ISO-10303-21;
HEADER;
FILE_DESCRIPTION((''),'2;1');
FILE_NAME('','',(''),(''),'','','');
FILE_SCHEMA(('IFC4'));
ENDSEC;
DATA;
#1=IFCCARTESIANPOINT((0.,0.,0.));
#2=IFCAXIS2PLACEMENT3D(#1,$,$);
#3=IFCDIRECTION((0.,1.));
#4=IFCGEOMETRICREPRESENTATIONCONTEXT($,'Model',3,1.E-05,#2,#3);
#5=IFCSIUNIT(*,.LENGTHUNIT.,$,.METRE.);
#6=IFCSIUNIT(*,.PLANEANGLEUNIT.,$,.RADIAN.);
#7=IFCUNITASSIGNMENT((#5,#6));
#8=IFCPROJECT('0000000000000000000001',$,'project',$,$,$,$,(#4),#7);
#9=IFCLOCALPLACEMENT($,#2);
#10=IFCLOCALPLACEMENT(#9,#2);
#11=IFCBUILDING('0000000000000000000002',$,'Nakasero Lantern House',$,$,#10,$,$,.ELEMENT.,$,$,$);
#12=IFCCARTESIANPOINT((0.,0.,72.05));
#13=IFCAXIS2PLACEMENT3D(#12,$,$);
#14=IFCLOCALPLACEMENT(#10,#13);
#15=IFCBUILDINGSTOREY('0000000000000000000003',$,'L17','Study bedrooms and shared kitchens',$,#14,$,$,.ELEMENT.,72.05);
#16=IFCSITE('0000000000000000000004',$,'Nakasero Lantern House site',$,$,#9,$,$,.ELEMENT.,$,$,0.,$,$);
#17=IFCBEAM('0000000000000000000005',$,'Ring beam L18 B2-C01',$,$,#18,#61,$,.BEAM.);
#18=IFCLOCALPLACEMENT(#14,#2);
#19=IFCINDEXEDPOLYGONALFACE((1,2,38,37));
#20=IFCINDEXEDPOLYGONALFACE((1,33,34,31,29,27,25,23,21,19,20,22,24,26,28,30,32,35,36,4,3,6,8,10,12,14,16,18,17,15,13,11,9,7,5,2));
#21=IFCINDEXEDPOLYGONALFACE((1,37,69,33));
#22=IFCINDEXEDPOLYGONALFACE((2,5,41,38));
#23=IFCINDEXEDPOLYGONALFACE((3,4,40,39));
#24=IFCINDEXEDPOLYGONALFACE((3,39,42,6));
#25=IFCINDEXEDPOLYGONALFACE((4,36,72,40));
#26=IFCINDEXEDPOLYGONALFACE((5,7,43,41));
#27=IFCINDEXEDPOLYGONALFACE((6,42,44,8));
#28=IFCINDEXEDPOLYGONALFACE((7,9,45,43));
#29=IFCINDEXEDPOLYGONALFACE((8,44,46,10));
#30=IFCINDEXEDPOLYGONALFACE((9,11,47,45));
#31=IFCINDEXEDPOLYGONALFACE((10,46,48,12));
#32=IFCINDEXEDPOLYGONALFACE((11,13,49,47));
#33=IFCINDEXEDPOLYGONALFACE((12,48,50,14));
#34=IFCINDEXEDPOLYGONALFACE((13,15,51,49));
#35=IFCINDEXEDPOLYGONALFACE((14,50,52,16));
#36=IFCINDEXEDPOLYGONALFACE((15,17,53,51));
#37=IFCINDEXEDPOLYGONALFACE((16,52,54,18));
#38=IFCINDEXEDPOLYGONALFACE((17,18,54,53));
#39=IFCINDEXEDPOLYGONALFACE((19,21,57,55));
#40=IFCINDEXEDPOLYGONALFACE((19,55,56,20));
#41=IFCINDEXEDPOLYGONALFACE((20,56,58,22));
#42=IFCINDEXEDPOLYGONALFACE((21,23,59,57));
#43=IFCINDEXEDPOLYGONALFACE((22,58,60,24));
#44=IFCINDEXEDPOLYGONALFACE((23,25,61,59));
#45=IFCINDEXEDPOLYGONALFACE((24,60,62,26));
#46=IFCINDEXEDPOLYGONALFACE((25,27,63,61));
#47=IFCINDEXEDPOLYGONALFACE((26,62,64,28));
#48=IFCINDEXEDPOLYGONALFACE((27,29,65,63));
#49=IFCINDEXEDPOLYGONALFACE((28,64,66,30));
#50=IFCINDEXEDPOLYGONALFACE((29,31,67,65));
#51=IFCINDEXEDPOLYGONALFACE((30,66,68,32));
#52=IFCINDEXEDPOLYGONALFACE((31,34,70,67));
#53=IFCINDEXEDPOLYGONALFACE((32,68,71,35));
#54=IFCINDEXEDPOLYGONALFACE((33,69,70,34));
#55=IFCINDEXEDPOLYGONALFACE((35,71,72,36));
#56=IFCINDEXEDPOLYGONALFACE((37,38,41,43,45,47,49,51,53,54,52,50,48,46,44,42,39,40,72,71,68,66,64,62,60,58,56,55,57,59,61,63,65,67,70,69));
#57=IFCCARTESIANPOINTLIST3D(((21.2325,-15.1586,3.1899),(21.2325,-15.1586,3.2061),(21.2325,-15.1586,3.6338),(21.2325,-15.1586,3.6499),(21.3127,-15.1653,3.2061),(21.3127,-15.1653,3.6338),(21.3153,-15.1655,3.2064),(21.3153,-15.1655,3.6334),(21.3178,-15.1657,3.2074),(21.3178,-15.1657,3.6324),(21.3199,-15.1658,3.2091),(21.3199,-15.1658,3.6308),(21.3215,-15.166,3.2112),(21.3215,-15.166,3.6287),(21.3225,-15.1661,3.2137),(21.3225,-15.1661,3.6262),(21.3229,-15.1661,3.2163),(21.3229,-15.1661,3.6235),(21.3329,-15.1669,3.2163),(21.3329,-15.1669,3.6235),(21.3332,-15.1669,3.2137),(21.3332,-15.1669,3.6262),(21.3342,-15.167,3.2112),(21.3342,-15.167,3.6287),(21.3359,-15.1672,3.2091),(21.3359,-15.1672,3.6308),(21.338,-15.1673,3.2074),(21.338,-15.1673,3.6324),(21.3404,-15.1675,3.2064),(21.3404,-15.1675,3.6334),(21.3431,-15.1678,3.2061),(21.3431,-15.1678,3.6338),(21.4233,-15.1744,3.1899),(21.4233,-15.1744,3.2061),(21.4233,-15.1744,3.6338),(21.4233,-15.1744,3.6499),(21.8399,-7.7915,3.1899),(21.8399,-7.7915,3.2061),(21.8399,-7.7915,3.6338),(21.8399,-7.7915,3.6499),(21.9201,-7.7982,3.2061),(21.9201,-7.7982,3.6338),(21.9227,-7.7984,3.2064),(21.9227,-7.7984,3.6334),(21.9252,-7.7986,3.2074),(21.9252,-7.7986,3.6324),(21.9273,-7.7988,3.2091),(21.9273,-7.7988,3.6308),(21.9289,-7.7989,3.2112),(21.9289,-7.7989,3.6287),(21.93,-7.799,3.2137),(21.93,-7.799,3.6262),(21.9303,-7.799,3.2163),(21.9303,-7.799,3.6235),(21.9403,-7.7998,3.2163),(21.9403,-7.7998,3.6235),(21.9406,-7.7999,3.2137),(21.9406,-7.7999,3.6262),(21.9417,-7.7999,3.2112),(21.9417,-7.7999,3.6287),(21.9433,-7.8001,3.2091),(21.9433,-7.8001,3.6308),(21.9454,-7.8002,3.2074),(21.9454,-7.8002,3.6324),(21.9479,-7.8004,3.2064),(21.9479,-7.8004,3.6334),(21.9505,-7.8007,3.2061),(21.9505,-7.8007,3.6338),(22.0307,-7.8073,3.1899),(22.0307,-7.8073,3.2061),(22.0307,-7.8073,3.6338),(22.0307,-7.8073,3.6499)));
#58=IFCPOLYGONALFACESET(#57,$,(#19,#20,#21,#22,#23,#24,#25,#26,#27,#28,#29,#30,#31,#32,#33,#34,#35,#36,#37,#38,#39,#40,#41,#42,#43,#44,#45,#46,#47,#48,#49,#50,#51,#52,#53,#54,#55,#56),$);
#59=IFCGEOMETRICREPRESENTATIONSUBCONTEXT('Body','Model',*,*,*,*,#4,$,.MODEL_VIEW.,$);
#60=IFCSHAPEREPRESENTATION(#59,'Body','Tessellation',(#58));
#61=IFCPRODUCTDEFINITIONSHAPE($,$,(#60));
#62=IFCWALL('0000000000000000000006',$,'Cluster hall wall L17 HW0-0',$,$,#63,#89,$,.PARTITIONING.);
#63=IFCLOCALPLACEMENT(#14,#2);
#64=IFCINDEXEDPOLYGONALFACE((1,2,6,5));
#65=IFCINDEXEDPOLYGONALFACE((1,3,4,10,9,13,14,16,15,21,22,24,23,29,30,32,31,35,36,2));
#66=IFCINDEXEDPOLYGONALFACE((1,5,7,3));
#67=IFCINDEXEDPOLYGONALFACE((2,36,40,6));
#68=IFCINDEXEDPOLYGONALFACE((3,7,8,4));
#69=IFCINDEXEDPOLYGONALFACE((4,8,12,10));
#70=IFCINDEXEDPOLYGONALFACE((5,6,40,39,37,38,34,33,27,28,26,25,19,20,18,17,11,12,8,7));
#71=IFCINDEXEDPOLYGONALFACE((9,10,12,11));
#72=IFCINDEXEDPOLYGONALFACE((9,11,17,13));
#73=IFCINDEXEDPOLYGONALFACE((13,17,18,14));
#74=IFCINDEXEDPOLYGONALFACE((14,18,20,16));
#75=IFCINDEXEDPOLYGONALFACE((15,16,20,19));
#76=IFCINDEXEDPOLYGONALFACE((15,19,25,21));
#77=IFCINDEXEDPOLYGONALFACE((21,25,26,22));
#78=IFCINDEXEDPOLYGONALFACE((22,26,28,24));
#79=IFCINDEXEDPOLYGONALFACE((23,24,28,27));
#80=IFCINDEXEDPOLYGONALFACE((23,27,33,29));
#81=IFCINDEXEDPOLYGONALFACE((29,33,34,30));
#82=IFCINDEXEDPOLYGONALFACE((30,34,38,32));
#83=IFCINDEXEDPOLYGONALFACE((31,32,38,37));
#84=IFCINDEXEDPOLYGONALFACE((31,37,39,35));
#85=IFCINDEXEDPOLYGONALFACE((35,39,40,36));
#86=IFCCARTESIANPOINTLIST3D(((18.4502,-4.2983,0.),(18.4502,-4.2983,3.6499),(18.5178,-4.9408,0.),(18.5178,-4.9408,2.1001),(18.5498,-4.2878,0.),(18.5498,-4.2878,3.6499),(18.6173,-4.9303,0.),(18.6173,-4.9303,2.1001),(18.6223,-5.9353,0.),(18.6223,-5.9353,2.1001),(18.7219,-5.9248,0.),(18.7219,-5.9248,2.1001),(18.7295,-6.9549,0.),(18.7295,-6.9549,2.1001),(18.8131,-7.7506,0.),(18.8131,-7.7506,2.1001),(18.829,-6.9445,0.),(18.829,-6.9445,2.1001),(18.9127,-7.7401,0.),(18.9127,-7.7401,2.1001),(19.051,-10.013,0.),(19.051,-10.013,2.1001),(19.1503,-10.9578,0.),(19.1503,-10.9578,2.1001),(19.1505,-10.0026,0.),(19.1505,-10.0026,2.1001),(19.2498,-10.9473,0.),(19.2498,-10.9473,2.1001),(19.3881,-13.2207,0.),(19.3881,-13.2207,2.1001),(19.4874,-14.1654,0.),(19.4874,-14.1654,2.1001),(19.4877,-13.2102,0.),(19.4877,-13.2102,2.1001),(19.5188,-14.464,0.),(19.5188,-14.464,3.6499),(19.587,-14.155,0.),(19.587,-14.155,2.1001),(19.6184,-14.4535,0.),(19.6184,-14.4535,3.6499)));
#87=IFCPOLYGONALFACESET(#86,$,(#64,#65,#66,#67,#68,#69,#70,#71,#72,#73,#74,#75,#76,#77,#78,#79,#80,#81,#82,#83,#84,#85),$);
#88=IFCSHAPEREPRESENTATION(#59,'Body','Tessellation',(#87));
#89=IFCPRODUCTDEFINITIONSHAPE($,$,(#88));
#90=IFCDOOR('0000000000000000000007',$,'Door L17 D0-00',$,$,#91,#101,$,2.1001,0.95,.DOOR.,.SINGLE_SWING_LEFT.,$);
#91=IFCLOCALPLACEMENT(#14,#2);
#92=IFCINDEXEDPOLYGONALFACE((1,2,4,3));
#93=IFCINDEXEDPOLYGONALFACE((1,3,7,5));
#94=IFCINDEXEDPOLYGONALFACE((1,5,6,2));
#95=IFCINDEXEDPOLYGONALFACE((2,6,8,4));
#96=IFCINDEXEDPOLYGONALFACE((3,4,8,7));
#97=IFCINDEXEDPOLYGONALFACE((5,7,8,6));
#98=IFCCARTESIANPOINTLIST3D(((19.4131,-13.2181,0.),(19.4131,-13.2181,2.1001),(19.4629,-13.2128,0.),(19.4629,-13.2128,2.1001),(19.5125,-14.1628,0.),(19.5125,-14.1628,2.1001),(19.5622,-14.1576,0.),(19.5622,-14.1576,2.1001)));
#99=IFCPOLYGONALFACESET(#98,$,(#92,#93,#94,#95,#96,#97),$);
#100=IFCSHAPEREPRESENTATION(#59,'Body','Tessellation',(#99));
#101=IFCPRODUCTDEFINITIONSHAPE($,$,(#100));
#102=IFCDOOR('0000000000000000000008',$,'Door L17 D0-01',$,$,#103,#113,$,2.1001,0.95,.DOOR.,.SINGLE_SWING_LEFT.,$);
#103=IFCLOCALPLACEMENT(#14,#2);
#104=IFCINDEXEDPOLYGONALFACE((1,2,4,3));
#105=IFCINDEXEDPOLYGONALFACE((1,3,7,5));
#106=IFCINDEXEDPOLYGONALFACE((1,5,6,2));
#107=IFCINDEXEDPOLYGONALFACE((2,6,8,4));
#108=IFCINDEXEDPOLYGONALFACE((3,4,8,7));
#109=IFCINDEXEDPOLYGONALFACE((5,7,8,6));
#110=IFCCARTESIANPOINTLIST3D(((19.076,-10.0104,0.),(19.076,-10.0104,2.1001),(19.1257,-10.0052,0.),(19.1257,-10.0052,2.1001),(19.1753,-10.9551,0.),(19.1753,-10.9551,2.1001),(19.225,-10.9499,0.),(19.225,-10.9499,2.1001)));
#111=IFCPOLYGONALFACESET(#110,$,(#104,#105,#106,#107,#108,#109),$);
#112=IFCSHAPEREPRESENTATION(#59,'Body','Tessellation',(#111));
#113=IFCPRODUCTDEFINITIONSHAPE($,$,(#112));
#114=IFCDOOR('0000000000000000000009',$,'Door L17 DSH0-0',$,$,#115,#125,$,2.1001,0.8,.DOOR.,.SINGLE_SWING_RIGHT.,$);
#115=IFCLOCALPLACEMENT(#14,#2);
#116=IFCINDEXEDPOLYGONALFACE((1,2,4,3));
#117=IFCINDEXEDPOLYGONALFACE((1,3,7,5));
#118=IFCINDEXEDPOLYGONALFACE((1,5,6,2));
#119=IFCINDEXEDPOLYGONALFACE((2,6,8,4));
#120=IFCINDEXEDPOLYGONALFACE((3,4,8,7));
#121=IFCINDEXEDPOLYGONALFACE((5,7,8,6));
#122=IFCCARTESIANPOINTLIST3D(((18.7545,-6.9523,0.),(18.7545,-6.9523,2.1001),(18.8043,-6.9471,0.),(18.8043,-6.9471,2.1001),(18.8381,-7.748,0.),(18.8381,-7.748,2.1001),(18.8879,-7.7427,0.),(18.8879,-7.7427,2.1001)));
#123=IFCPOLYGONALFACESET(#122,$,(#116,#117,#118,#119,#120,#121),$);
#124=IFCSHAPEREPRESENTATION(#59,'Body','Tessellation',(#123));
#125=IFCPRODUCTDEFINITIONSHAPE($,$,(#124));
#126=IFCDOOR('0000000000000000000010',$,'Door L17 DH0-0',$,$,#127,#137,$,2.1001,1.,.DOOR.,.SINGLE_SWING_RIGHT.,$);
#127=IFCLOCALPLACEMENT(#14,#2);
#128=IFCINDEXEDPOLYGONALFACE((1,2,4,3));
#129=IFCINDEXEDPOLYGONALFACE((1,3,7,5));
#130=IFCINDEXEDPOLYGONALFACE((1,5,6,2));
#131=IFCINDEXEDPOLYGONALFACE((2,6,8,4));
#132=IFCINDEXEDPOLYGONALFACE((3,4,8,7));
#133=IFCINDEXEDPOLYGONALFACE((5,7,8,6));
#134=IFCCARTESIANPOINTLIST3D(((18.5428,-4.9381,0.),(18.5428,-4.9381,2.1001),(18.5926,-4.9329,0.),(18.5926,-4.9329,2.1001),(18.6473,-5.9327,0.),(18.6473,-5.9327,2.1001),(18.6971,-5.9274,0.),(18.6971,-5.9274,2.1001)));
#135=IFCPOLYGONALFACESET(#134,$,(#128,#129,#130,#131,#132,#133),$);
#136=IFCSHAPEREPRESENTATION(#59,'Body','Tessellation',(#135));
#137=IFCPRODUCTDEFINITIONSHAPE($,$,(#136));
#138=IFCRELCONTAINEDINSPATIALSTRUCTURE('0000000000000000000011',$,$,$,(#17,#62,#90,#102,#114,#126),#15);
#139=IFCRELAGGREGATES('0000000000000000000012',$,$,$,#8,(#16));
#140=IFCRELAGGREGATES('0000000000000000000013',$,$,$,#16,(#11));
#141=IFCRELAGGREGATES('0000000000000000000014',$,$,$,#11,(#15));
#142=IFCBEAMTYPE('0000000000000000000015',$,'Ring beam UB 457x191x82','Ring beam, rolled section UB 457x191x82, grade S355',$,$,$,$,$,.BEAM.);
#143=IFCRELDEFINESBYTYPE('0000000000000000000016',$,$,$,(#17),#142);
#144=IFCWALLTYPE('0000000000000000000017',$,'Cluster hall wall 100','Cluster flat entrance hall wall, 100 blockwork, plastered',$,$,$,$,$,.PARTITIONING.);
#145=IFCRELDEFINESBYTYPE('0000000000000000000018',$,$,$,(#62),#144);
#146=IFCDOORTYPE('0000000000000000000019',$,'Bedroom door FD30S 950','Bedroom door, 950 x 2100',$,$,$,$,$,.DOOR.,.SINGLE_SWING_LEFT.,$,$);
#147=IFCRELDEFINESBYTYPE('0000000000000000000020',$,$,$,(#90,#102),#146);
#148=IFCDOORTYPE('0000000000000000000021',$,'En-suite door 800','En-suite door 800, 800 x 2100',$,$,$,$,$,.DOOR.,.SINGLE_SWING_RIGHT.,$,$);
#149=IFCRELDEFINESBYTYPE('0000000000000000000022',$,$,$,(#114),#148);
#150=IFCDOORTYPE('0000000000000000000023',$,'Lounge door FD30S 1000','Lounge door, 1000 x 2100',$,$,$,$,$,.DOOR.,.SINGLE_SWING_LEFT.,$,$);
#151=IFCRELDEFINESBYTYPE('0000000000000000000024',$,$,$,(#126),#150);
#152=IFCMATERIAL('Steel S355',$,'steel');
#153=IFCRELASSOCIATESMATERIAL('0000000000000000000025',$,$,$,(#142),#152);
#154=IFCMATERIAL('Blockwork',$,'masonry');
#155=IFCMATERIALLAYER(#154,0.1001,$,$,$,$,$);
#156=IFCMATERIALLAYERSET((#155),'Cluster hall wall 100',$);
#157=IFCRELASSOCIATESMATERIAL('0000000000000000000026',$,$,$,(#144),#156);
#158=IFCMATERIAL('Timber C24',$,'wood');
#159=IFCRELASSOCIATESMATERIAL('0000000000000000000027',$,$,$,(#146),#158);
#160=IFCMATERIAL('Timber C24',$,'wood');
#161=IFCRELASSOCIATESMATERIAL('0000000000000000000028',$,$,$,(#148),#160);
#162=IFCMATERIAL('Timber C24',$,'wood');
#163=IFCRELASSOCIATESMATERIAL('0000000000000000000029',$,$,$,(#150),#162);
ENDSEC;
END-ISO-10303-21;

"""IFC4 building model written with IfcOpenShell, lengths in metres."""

from ifc_helpers import new_model, si_unit, direction, frame, frame_2d, origin, origin_2d, place, context, subcontext, project, spatial, rectangle, i_section, extrude, material, layer, layer_set, material_profile, profile_set, type_object, element, fill, save


model = new_model("IFC4")

# Units and contexts
model_context = context("Model", 3, precision=1e-05, world=origin(), true_north=direction((0.0, 1.0)))
body_context = subcontext(model_context, "Body", "Model", "MODEL_VIEW")
ifc_project = project(units=[si_unit("LENGTHUNIT", "METRE"), si_unit("PLANEANGLEUNIT", "RADIAN")], contexts=[model_context])

# Site, building, storey
site_placement = place(None, origin())
site = spatial("IfcSite", under=ifc_project, at=site_placement, Name="Nakasero Lantern House site", CompositionType="ELEMENT", RefElevation=0.0)
building_placement = place(site_placement, origin())
building = spatial("IfcBuilding", under=site, at=building_placement, Name="Nakasero Lantern House", CompositionType="ELEMENT")
storey_placement = place(building_placement, frame((0.0, 0.0, 72.05)))
storey = spatial("IfcBuildingStorey", under=building, at=storey_placement, Name="L17", Description="Study bedrooms and shared kitchens", CompositionType="ELEMENT", Elevation=72.05)

# Beam
ifc_material_1 = material(Name="Steel S355", Category="steel")
ifc_material_profile_1 = material_profile(ifc_material_1, i_section(OverallWidth=0.1914, OverallDepth=0.46, WebThickness=0.01, FlangeThickness=0.0161, FilletRadius=0.0103, at=origin_2d()), Name="UB 457x191x82")
ifc_profile_set_1 = profile_set([ifc_material_profile_1], Name="Steel S355")
beam_type_1 = type_object("IfcBeamType", Name="Ring beam UB 457x191x82", Description="Ring beam, rolled section UB 457x191x82, grade S355", PredefinedType="BEAM", material=ifc_profile_set_1)
beam_1_placement = place(storey_placement, frame((21.3279, -15.1665, 3.4199), z_axis=(0.082171, 0.996618, 0.0), x_axis=(-0.996618, 0.082171, 0.0)))
element("IfcBeam", 1, at=beam_1_placement, inside=storey, type_object=beam_type_1, Name="Ring beam L18 B2-C01", PredefinedType="BEAM", context=body_context, shape_type="SweptSolid", body=[
    extrude(i_section(OverallWidth=0.1914, OverallDepth=0.46, WebThickness=0.01, FlangeThickness=0.0161, FilletRadius=0.0103, at=origin_2d()), origin(), (0.0, 0.0, 1.0), 7.3921),
])

# Wall, openings, doors
ifc_material_2 = material(Name="Blockwork", Category="masonry")
ifc_layer_1 = layer(ifc_material_2, 0.1001)
ifc_layer_set_1 = layer_set([ifc_layer_1], Name="Cluster hall wall 100")
wall_type_1 = type_object("IfcWallType", Name="Cluster hall wall 100", Description="Cluster flat entrance hall wall, 100 blockwork, plastered", PredefinedType="PARTITIONING", material=ifc_layer_set_1)
wall_1_placement = place(storey_placement, frame((19.5686, -14.4587, 0.0), z_axis=(0.0, 0.0, 1.0), x_axis=(-0.104542, 0.99452, 0.0)))
wall_1 = element("IfcWall", 2, at=wall_1_placement, inside=storey, type_object=wall_type_1, Name="Cluster hall wall L17 HW0-0", PredefinedType="PARTITIONING", context=body_context, shape_type="SweptSolid", body=[
    extrude(rectangle(XDim=10.2217, YDim=0.1001, at=frame_2d((5.1108, 0.0))), origin(), (0.0, 0.0, 1.0), 3.6499),
])
opening_1_placement = place(wall_1_placement, frame((8.5757, 0.0, 0.0)))
opening_1 = element("IfcOpeningElement", 3, at=opening_1_placement, cuts=wall_1, PredefinedType="OPENING", context=body_context, shape_type="SweptSolid", body=[
    extrude(rectangle(XDim=1.0, YDim=2.1001, at=frame_2d((0.5, 1.05))), frame((0.0, 0.0701, 0.0), z_axis=(0.0, -1.0, 0.0), x_axis=(1.0, 0.0, 0.0)), (0.0, 0.0, 1.0), 0.1401),
])
opening_2_placement = place(wall_1_placement, frame((6.7505, 0.0, 0.0)))
opening_2 = element("IfcOpeningElement", 4, at=opening_2_placement, cuts=wall_1, PredefinedType="OPENING", context=body_context, shape_type="SweptSolid", body=[
    extrude(rectangle(XDim=0.8, YDim=2.1001, at=frame_2d((0.3999, 1.05))), frame((0.0, 0.0701, 0.0), z_axis=(0.0, -1.0, 0.0), x_axis=(1.0, 0.0, 0.0)), (0.0, 0.0, 1.0), 0.1401),
])
opening_3_placement = place(wall_1_placement, frame((0.3, 0.0, 0.0)))
opening_3 = element("IfcOpeningElement", 5, at=opening_3_placement, cuts=wall_1, PredefinedType="OPENING", context=body_context, shape_type="SweptSolid", body=[
    extrude(rectangle(XDim=0.95, YDim=2.1001, at=frame_2d((0.4751, 1.05))), frame((0.0, 0.0701, 0.0), z_axis=(0.0, -1.0, 0.0), x_axis=(1.0, 0.0, 0.0)), (0.0, 0.0, 1.0), 0.1401),
])
opening_4_placement = place(wall_1_placement, frame((3.5254, 0.0, 0.0)))
opening_4 = element("IfcOpeningElement", 6, at=opening_4_placement, cuts=wall_1, PredefinedType="OPENING", context=body_context, shape_type="SweptSolid", body=[
    extrude(rectangle(XDim=0.95, YDim=2.1001, at=frame_2d((0.4751, 1.05))), frame((0.0, 0.0701, 0.0), z_axis=(0.0, -1.0, 0.0), x_axis=(1.0, 0.0, 0.0)), (0.0, 0.0, 1.0), 0.1401),
])
ifc_material_3 = material(Name="Timber C24", Category="wood")
door_type_1 = type_object("IfcDoorType", Name="Bedroom door FD30S 950", Description="Bedroom door, 950 x 2100", OperationType="SINGLE_SWING_LEFT", PredefinedType="DOOR", material=ifc_material_3)
door_1_placement = place(opening_3_placement, origin())
door_1 = element("IfcDoor", 7, at=door_1_placement, inside=storey, type_object=door_type_1, Name="Door L17 D0-00", OperationType="SINGLE_SWING_LEFT", OverallHeight=2.1001, OverallWidth=0.95, PredefinedType="DOOR", context=body_context, shape_type="SweptSolid", body=[
    extrude(rectangle(XDim=0.95, YDim=2.1001, at=frame_2d((0.4751, 1.05))), frame((0.0, 0.0249, 0.0), z_axis=(0.0, -1.0, 0.0), x_axis=(1.0, 0.0, 0.0)), (0.0, 0.0, 1.0), 0.05),
])
fill(opening_3, door_1)
door_2_placement = place(opening_4_placement, origin())
door_2 = element("IfcDoor", 8, at=door_2_placement, inside=storey, type_object=door_type_1, Name="Door L17 D0-01", OperationType="SINGLE_SWING_LEFT", OverallHeight=2.1001, OverallWidth=0.95, PredefinedType="DOOR", context=body_context, shape_type="SweptSolid", body=[
    extrude(rectangle(XDim=0.95, YDim=2.1001, at=frame_2d((0.4751, 1.05))), frame((0.0, 0.0249, 0.0), z_axis=(0.0, -1.0, 0.0), x_axis=(1.0, 0.0, 0.0)), (0.0, 0.0, 1.0), 0.05),
])
fill(opening_4, door_2)
ifc_material_4 = material(Name="Timber C24", Category="wood")
door_type_2 = type_object("IfcDoorType", Name="En-suite door 800", Description="En-suite door 800, 800 x 2100", OperationType="SINGLE_SWING_RIGHT", PredefinedType="DOOR", material=ifc_material_4)
door_3_placement = place(opening_2_placement, origin())
door_3 = element("IfcDoor", 9, at=door_3_placement, inside=storey, type_object=door_type_2, Name="Door L17 DSH0-0", OperationType="SINGLE_SWING_RIGHT", OverallHeight=2.1001, OverallWidth=0.8, PredefinedType="DOOR", context=body_context, shape_type="SweptSolid", body=[
    extrude(rectangle(XDim=0.8, YDim=2.1001, at=frame_2d((0.3999, 1.05))), frame((0.0, 0.0249, 0.0), z_axis=(0.0, -1.0, 0.0), x_axis=(1.0, 0.0, 0.0)), (0.0, 0.0, 1.0), 0.05),
])
fill(opening_2, door_3)
ifc_material_5 = material(Name="Timber C24", Category="wood")
door_type_3 = type_object("IfcDoorType", Name="Lounge door FD30S 1000", Description="Lounge door, 1000 x 2100", OperationType="SINGLE_SWING_LEFT", PredefinedType="DOOR", material=ifc_material_5)
door_4_placement = place(opening_1_placement, origin())
door_4 = element("IfcDoor", 10, at=door_4_placement, inside=storey, type_object=door_type_3, Name="Door L17 DH0-0", OperationType="SINGLE_SWING_RIGHT", OverallHeight=2.1001, OverallWidth=1.0, PredefinedType="DOOR", context=body_context, shape_type="SweptSolid", body=[
    extrude(rectangle(XDim=1.0, YDim=2.1001, at=frame_2d((0.5, 1.05))), frame((0.0, 0.0249, 0.0), z_axis=(0.0, -1.0, 0.0), x_axis=(1.0, 0.0, 0.0)), (0.0, 0.0, 1.0), 0.05),
])
fill(opening_1, door_4)

save(model, "model.ifc")
